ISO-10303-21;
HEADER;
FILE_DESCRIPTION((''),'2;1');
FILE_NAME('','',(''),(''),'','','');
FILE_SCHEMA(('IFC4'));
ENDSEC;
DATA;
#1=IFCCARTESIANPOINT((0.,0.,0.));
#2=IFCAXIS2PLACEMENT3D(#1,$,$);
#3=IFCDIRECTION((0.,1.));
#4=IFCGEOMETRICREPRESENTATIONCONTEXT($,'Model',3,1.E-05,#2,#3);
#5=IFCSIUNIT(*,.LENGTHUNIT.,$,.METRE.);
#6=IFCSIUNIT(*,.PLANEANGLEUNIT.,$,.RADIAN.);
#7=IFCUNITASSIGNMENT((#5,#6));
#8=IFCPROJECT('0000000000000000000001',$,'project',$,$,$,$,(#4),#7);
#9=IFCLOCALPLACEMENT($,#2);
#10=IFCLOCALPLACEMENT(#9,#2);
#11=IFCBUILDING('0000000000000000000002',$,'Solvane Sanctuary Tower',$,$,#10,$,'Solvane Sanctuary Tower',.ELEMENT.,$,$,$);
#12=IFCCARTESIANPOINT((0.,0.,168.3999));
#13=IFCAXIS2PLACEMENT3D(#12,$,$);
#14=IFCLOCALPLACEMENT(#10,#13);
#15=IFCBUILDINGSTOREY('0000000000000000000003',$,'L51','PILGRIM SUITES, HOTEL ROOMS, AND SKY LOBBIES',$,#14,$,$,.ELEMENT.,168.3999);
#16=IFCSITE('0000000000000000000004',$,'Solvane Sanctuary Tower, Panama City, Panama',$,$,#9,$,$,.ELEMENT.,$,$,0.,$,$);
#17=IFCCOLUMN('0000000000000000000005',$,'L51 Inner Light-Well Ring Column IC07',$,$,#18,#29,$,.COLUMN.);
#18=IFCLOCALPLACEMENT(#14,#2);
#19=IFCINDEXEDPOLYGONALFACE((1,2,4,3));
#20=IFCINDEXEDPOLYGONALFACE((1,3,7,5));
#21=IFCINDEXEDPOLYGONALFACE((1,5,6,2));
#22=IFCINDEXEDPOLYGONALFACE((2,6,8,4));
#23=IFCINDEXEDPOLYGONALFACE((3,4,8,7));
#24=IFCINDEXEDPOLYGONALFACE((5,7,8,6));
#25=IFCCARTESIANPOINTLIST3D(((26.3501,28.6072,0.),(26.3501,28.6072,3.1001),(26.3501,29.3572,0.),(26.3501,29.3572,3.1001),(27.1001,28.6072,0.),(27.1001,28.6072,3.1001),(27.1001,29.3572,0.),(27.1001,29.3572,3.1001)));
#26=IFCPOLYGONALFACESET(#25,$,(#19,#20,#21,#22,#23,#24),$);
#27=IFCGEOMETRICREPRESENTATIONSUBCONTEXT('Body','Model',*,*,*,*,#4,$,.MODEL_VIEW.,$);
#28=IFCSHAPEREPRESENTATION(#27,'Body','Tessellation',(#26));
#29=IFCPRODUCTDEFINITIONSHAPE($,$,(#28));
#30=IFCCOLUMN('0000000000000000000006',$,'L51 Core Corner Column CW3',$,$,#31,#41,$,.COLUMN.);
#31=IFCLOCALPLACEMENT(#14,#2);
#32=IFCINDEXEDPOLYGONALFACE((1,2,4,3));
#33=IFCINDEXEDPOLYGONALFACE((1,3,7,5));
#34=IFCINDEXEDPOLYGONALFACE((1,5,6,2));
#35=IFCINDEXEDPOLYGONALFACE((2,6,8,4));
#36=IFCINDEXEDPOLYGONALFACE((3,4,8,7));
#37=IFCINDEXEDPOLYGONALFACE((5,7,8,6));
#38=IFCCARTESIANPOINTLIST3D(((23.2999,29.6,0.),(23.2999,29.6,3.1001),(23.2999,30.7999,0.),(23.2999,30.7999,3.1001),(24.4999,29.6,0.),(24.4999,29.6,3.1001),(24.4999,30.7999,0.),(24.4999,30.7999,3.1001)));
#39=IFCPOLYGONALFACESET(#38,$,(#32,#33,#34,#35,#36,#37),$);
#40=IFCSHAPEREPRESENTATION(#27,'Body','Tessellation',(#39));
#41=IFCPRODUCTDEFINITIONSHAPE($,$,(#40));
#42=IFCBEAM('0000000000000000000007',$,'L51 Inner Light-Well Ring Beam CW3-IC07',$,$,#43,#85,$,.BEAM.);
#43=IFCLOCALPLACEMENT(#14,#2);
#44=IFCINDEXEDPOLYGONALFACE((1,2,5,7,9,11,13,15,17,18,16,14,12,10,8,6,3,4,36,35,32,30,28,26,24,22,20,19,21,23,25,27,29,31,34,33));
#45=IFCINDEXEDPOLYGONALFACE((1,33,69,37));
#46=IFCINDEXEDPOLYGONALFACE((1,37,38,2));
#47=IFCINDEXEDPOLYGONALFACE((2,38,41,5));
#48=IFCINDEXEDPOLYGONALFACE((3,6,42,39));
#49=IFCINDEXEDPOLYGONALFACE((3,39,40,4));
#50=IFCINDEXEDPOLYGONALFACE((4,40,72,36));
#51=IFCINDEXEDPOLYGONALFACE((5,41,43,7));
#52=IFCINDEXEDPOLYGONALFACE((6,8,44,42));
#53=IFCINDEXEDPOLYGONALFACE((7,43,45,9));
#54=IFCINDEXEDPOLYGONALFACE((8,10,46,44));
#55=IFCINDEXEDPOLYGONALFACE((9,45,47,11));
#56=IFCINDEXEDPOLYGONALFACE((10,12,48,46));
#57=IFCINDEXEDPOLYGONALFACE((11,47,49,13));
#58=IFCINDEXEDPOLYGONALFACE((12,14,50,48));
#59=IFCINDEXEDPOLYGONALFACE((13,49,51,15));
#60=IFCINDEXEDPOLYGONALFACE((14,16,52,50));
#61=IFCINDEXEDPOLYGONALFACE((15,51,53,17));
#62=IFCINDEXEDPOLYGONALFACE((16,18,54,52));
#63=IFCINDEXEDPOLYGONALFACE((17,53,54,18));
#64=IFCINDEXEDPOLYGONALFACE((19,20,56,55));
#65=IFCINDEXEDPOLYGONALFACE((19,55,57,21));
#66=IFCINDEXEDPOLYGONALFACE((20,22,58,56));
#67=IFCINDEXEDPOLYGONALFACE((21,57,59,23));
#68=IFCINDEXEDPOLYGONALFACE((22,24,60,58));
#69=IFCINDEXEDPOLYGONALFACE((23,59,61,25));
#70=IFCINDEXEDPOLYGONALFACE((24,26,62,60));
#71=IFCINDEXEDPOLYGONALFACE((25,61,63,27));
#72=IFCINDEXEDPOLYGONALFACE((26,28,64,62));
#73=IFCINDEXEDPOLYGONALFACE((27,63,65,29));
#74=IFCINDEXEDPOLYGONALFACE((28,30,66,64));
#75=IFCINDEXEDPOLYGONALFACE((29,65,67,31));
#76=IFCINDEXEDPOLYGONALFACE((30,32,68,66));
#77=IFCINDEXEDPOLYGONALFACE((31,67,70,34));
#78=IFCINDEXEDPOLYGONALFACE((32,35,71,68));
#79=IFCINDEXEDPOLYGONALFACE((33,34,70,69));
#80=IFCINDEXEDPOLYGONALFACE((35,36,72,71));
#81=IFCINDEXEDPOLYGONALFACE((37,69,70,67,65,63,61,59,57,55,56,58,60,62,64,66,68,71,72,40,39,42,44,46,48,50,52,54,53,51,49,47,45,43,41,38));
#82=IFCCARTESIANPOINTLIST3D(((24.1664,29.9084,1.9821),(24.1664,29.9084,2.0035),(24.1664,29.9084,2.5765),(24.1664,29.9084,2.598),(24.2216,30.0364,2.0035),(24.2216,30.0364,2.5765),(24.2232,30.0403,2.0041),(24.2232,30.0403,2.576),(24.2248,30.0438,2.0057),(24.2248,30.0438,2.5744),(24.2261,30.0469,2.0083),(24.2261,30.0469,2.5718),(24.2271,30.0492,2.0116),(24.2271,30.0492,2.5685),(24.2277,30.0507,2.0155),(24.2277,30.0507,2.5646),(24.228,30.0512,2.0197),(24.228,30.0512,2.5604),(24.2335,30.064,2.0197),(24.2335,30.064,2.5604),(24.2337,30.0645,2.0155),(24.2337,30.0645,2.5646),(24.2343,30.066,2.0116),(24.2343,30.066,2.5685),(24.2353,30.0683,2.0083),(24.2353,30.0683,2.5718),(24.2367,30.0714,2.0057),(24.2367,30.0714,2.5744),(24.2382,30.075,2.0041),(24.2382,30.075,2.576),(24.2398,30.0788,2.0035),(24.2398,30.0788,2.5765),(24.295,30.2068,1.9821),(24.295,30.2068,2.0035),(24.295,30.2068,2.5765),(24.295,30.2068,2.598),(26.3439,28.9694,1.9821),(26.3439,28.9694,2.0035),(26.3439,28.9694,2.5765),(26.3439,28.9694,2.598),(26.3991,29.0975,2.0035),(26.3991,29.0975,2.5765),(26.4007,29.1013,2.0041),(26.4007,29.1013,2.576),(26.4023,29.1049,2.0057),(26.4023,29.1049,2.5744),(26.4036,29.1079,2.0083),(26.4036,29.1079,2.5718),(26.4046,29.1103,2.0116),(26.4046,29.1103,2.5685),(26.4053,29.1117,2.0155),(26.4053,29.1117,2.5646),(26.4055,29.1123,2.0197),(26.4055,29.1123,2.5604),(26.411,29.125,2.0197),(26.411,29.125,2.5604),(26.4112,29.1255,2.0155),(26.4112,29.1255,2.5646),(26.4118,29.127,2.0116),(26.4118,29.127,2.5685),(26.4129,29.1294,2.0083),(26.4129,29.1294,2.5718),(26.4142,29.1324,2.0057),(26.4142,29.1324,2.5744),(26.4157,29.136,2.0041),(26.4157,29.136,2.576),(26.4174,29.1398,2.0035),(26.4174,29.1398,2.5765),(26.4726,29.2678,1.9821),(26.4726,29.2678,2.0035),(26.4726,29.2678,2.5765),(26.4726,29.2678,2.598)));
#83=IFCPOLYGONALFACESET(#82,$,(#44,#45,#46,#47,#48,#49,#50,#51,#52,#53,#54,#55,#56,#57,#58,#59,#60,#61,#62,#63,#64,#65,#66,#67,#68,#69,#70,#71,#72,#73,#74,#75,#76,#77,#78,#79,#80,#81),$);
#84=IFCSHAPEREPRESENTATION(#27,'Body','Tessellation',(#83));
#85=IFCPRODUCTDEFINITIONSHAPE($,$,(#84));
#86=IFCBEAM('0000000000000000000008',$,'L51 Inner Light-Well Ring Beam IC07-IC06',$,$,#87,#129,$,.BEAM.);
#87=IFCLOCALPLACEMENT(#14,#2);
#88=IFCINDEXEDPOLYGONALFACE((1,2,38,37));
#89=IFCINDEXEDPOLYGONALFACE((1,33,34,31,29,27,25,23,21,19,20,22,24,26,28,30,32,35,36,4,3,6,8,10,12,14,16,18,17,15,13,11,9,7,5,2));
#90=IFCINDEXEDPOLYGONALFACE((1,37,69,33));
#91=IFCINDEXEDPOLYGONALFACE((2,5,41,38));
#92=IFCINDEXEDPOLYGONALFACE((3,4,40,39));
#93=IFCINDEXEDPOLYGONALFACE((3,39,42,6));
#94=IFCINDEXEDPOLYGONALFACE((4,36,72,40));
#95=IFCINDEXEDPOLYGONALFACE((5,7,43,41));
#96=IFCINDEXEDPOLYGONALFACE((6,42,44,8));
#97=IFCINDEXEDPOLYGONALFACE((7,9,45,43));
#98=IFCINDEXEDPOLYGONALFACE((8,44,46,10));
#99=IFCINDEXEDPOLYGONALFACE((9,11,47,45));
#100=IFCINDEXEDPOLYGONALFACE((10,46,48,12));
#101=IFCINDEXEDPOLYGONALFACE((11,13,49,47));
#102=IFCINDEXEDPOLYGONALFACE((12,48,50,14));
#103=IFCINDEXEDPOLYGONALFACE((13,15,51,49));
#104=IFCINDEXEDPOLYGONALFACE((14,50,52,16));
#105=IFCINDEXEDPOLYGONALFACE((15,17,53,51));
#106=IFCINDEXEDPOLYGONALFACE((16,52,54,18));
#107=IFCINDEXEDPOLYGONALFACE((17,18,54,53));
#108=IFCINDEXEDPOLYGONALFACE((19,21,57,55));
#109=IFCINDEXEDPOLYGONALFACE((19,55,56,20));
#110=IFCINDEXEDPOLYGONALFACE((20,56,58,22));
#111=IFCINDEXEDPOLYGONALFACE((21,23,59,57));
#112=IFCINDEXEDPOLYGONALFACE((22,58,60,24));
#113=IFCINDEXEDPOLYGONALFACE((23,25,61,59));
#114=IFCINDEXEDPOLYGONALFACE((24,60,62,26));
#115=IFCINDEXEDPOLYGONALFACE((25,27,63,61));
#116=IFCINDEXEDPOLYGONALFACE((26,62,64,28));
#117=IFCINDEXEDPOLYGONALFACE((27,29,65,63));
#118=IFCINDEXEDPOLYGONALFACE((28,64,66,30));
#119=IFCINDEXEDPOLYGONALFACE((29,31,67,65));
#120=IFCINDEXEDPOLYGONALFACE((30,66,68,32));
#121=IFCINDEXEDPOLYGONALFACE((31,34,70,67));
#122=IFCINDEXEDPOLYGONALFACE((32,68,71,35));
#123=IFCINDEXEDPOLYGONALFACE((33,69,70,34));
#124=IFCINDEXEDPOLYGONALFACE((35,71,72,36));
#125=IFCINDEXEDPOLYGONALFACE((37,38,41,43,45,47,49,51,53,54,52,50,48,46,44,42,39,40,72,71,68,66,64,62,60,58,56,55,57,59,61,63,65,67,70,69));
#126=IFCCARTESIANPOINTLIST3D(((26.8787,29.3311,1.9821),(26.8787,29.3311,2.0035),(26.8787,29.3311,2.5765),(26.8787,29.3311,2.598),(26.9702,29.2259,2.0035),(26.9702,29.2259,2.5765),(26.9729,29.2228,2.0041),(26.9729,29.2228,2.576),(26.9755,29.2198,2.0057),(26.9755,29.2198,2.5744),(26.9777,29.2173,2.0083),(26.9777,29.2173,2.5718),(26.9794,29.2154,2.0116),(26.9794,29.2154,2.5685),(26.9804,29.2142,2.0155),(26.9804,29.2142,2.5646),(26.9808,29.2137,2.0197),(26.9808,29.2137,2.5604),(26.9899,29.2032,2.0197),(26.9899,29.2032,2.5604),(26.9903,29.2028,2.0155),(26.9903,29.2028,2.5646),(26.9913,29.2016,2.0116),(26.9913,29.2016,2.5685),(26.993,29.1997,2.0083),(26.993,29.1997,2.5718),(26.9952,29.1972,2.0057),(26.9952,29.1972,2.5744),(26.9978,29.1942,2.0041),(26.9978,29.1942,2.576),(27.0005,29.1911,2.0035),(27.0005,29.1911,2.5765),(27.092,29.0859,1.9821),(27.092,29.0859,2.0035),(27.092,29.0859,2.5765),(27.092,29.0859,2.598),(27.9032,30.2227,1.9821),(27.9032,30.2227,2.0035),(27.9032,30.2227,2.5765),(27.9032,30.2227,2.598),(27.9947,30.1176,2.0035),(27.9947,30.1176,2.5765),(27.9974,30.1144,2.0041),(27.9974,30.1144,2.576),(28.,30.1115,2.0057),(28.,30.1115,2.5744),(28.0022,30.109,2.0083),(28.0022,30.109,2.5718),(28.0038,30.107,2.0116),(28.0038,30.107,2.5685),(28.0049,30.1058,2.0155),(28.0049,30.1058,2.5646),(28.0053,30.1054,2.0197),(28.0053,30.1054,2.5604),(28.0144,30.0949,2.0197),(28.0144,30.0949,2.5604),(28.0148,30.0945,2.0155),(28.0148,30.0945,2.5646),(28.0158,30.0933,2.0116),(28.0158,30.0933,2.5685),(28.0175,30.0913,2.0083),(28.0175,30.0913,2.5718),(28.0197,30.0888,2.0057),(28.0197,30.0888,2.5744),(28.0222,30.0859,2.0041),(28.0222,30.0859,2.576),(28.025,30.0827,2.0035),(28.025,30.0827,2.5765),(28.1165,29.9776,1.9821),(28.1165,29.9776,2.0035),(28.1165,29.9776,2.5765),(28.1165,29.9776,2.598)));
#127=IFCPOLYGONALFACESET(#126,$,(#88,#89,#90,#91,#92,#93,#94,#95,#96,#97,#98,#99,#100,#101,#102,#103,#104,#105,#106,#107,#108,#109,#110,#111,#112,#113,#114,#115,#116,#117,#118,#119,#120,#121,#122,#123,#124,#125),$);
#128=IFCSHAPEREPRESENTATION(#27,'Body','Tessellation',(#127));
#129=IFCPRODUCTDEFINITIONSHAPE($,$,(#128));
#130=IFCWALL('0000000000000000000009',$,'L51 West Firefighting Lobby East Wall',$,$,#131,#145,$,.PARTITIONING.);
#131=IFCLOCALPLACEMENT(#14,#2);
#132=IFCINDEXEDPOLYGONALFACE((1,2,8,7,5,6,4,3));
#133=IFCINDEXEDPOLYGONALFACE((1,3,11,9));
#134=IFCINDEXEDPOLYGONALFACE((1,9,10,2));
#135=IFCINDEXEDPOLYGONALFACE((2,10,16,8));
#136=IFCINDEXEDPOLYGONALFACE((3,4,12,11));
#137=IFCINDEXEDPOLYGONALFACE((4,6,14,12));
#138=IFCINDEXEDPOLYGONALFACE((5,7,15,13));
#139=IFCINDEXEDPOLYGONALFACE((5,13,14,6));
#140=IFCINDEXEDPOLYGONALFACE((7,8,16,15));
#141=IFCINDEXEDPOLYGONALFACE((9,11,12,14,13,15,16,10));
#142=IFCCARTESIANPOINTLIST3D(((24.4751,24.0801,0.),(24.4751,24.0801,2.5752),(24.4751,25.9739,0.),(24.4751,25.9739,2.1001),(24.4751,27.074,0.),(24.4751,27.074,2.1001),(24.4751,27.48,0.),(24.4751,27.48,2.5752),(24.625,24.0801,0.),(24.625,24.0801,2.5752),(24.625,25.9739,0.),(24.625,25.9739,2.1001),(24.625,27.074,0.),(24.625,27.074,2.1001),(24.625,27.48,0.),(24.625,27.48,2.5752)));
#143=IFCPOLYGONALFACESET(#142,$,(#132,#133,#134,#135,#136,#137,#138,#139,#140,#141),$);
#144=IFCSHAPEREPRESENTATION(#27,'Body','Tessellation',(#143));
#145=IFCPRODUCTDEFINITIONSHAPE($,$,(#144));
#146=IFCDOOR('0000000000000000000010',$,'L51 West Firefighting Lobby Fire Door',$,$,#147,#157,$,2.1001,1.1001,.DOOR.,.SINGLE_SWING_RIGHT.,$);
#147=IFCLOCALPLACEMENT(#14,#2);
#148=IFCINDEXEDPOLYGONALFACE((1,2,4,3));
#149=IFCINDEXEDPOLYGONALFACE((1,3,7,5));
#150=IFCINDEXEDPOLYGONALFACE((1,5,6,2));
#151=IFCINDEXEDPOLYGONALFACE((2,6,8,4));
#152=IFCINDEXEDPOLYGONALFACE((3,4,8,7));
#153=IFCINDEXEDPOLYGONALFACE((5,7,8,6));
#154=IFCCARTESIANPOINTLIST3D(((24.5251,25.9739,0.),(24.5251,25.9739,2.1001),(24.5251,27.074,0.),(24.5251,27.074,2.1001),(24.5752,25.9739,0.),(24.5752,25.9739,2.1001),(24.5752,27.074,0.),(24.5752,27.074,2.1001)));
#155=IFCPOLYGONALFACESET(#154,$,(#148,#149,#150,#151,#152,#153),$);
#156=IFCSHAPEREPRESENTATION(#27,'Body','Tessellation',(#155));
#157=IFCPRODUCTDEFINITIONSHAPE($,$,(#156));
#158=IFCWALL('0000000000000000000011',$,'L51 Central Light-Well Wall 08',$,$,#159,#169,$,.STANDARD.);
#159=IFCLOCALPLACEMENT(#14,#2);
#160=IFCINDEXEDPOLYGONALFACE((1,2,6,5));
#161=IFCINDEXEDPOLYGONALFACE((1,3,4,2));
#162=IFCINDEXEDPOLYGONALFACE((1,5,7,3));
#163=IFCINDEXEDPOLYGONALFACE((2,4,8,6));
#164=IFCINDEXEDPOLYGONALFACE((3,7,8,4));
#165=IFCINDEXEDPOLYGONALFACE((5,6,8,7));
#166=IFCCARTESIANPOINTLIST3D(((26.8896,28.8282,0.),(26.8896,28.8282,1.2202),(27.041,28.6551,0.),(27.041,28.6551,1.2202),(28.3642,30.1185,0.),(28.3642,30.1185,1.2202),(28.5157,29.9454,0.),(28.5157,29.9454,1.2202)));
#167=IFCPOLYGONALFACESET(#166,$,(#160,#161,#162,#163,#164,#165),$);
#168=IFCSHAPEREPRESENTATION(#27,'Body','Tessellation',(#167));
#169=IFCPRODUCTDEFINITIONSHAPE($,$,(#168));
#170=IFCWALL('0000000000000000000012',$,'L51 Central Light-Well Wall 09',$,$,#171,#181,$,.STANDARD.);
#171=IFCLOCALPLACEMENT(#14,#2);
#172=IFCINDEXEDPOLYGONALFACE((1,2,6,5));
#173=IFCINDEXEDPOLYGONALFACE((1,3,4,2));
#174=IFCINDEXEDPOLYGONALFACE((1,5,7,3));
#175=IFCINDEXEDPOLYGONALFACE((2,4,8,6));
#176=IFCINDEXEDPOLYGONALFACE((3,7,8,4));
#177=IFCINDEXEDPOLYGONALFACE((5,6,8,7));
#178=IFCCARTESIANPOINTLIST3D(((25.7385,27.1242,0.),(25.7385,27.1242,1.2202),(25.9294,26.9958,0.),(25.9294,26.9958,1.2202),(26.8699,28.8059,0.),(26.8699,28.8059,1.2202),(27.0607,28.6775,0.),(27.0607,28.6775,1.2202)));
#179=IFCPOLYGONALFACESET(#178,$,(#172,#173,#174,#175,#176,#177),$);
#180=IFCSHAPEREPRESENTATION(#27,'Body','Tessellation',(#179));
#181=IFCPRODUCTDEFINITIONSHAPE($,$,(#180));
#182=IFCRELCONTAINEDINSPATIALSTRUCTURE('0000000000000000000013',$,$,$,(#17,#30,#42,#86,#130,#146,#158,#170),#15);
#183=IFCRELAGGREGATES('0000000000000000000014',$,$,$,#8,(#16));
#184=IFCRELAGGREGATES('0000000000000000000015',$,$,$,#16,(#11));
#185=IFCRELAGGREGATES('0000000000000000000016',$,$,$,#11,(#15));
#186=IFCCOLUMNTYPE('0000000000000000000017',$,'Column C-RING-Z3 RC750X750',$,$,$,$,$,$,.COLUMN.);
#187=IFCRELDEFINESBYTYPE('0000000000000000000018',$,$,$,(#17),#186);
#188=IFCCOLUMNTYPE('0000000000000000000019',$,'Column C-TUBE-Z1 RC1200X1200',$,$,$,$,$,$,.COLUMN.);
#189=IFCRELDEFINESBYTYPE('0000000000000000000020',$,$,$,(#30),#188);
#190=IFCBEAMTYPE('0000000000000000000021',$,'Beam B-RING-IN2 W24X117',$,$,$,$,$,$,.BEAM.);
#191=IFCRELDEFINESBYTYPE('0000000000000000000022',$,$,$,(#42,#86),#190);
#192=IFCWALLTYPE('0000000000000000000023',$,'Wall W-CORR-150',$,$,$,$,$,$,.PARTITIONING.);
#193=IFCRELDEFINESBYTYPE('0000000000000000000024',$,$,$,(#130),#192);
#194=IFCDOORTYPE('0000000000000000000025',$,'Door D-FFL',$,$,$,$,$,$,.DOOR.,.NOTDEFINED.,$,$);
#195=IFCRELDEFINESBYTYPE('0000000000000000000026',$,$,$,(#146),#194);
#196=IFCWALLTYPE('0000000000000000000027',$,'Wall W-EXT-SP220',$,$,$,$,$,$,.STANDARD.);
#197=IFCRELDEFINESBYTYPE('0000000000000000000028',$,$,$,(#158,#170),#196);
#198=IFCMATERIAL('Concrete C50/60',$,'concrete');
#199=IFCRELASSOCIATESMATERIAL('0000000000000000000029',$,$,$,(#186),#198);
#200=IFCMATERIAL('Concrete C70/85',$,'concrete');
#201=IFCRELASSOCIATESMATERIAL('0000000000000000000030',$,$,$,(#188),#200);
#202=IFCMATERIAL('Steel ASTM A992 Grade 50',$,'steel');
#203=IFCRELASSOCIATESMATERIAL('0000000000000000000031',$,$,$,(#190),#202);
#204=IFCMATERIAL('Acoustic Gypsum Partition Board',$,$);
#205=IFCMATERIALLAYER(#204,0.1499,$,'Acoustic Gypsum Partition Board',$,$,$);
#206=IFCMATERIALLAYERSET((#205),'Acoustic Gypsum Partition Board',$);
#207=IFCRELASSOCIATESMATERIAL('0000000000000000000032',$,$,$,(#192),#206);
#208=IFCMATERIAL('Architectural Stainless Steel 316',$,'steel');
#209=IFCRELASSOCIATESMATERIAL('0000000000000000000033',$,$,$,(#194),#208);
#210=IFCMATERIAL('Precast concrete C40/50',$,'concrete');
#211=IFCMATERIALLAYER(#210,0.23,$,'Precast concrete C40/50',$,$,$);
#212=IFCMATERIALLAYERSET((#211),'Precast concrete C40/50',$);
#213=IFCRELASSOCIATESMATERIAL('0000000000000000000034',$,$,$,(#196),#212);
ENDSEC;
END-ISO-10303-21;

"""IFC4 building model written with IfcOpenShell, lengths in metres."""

from ifc_helpers import new_model, si_unit, direction, frame, frame_2d, origin, origin_2d, place, context, subcontext, project, spatial, rectangle, i_section, extrude, material, layer, layer_set, material_profile, profile_set, type_object, element, fill, save


model = new_model("IFC4")

# Units and contexts
model_context = context("Model", 3, precision=1e-05, world=origin(), true_north=direction((0.0, 1.0)))
body_context = subcontext(model_context, "Body", "Model", "MODEL_VIEW")
ifc_project = project(units=[si_unit("LENGTHUNIT", "METRE"), si_unit("PLANEANGLEUNIT", "RADIAN")], contexts=[model_context])

# Site, building, storey
site_placement = place(None, origin())
site = spatial("IfcSite", under=ifc_project, at=site_placement, Name="Solvane Sanctuary Tower, Panama City, Panama", CompositionType="ELEMENT", RefElevation=0.0)
building_placement = place(site_placement, origin())
building = spatial("IfcBuilding", under=site, at=building_placement, Name="Solvane Sanctuary Tower", LongName="Solvane Sanctuary Tower", CompositionType="ELEMENT")
storey_placement = place(building_placement, frame((0.0, 0.0, 168.3999)))
storey = spatial("IfcBuildingStorey", under=building, at=storey_placement, Name="L51", Description="PILGRIM SUITES, HOTEL ROOMS, AND SKY LOBBIES", CompositionType="ELEMENT", Elevation=168.3999)

# Columns
ifc_material_1 = material(Name="Concrete C50/60", Category="concrete")
ifc_material_profile_1 = material_profile(ifc_material_1, rectangle(XDim=0.75, YDim=0.75, at=origin_2d()), Name="RC750X750")
ifc_profile_set_1 = profile_set([ifc_material_profile_1], Name="Concrete C50/60")
column_type_1 = type_object("IfcColumnType", Name="Column C-RING-Z3 RC750X750", PredefinedType="COLUMN", material=ifc_profile_set_1)
column_1_placement = place(storey_placement, frame((26.7251, 28.9822, 0.0), z_axis=(0.0, 0.0, 1.0), x_axis=(1.0, 0.0, 0.0)))
element("IfcColumn", 1, at=column_1_placement, inside=storey, type_object=column_type_1, Name="L51 Inner Light-Well Ring Column IC07", PredefinedType="COLUMN", context=body_context, shape_type="SweptSolid", body=[
    extrude(rectangle(XDim=0.75, YDim=0.75, at=origin_2d()), origin(), (0.0, 0.0, 1.0), 3.1001),
])
ifc_material_2 = material(Name="Concrete C70/85", Category="concrete")
ifc_material_profile_2 = material_profile(ifc_material_2, rectangle(XDim=1.2, YDim=1.2, at=origin_2d()), Name="RC1200X1200")
ifc_profile_set_2 = profile_set([ifc_material_profile_2], Name="Concrete C70/85")
column_type_2 = type_object("IfcColumnType", Name="Column C-TUBE-Z1 RC1200X1200", PredefinedType="COLUMN", material=ifc_profile_set_2)
column_2_placement = place(storey_placement, frame((23.8999, 30.2, 0.0), z_axis=(0.0, 0.0, 1.0), x_axis=(1.0, 0.0, 0.0)))
element("IfcColumn", 2, at=column_2_placement, inside=storey, type_object=column_type_2, Name="L51 Core Corner Column CW3", PredefinedType="COLUMN", context=body_context, shape_type="SweptSolid", body=[
    extrude(rectangle(XDim=1.2, YDim=1.2, at=origin_2d()), origin(), (0.0, 0.0, 1.0), 3.1001),
])

# Beams
ifc_material_3 = material(Name="Steel ASTM A992 Grade 50", Category="steel")
ifc_material_profile_3 = material_profile(ifc_material_3, i_section(OverallWidth=0.325, OverallDepth=0.616, WebThickness=0.0139, FlangeThickness=0.0215, FilletRadius=0.0161, at=origin_2d()), Name="W24X117")
ifc_profile_set_3 = profile_set([ifc_material_profile_3], Name="Steel ASTM A992 Grade 50")
beam_type = type_object("IfcBeamType", Name="Beam B-RING-IN2 W24X117", PredefinedType="BEAM", material=ifc_profile_set_3)
beam_1_placement = place(storey_placement, frame((24.2307, 30.0576, 2.29), z_axis=(0.918264, -0.395969, 0.0), x_axis=(0.395969, 0.918264, 0.0)))
element("IfcBeam", 3, at=beam_1_placement, inside=storey, type_object=beam_type, Name="L51 Inner Light-Well Ring Beam CW3-IC07", PredefinedType="BEAM", context=body_context, shape_type="SweptSolid", body=[
    extrude(i_section(OverallWidth=0.325, OverallDepth=0.616, WebThickness=0.0139, FlangeThickness=0.0215, FilletRadius=0.0161, at=origin_2d()), origin(), (0.0, 0.0, 1.0), 2.3713),
])
beam_2_placement = place(storey_placement, frame((26.9854, 29.2085, 2.29), z_axis=(0.754311, 0.656517, 0.0), x_axis=(-0.656517, 0.754311, 0.0)))
element("IfcBeam", 4, at=beam_2_placement, inside=storey, type_object=beam_type, Name="L51 Inner Light-Well Ring Beam IC07-IC06", PredefinedType="BEAM", context=body_context, shape_type="SweptSolid", body=[
    extrude(i_section(OverallWidth=0.325, OverallDepth=0.616, WebThickness=0.0139, FlangeThickness=0.0215, FilletRadius=0.0161, at=origin_2d()), origin(), (0.0, 0.0, 1.0), 1.3582),
])

# Wall, opening, door
ifc_material_4 = material(Name="Acoustic Gypsum Partition Board")
ifc_layer_1 = layer(ifc_material_4, 0.1499, Name="Acoustic Gypsum Partition Board")
ifc_layer_set_1 = layer_set([ifc_layer_1], Name="Acoustic Gypsum Partition Board")
wall_type_1 = type_object("IfcWallType", Name="Wall W-CORR-150", PredefinedType="PARTITIONING", material=ifc_layer_set_1)
wall_1_placement = place(storey_placement, frame((24.55, 24.0801, 0.0), z_axis=(0.0, 0.0, 1.0), x_axis=(0.0, 1.0, 0.0)))
wall_1 = element("IfcWall", 5, at=wall_1_placement, inside=storey, type_object=wall_type_1, Name="L51 West Firefighting Lobby East Wall", PredefinedType="PARTITIONING", context=body_context, shape_type="SweptSolid", body=[
    extrude(rectangle(XDim=3.3999, YDim=0.1499, at=frame_2d((1.7, 0.0))), origin(), (0.0, 0.0, 1.0), 2.5752),
])
opening_1_placement = place(wall_1_placement, frame((1.8938, 0.0, 0.0)))
opening_1 = element("IfcOpeningElement", 6, at=opening_1_placement, cuts=wall_1, PredefinedType="OPENING", context=body_context, shape_type="SweptSolid", body=[
    extrude(rectangle(XDim=1.1001, YDim=2.1001, at=frame_2d((0.55, 1.05))), frame((0.0, 0.085, 0.0), z_axis=(0.0, -1.0, 0.0), x_axis=(1.0, 0.0, 0.0)), (0.0, 0.0, 1.0), 0.1699),
])
ifc_material_5 = material(Name="Architectural Stainless Steel 316", Category="steel")
door_type_1 = type_object("IfcDoorType", Name="Door D-FFL", OperationType="NOTDEFINED", PredefinedType="DOOR", material=ifc_material_5)
door_1_placement = place(opening_1_placement, origin())
door_1 = element("IfcDoor", 7, at=door_1_placement, inside=storey, type_object=door_type_1, Name="L51 West Firefighting Lobby Fire Door", OperationType="SINGLE_SWING_RIGHT", OverallHeight=2.1001, OverallWidth=1.1001, PredefinedType="DOOR", context=body_context, shape_type="SweptSolid", body=[
    extrude(rectangle(XDim=1.1001, YDim=2.1001, at=frame_2d((0.55, 1.05))), frame((0.0, 0.0249, 0.0), z_axis=(0.0, -1.0, 0.0), x_axis=(1.0, 0.0, 0.0)), (0.0, 0.0, 1.0), 0.05),
])
fill(opening_1, door_1)

# Walls
ifc_material_6 = material(Name="Precast concrete C40/50", Category="concrete")
ifc_layer_2 = layer(ifc_material_6, 0.23, Name="Precast concrete C40/50")
ifc_layer_set_2 = layer_set([ifc_layer_2], Name="Precast concrete C40/50")
wall_type_2 = type_object("IfcWallType", Name="Wall W-EXT-SP220", PredefinedType="STANDARD", material=ifc_layer_set_2)
wall_2_placement = place(storey_placement, frame((28.4399, 30.032, 0.0), z_axis=(0.0, 0.0, 1.0), x_axis=(-0.752577, -0.658505, 0.0)))
element("IfcWall", 8, at=wall_2_placement, inside=storey, type_object=wall_type_2, Name="L51 Central Light-Well Wall 08", PredefinedType="STANDARD", context=body_context, shape_type="SweptSolid", body=[
    extrude(rectangle(XDim=1.9595, YDim=0.23, at=frame_2d((0.9797, 0.0))), origin(), (0.0, 0.0, 1.0), 1.2202),
])
wall_3_placement = place(storey_placement, frame((26.9653, 28.7417, 0.0), z_axis=(0.0, 0.0, 1.0), x_axis=(-0.558198, -0.829708, 0.0)))
element("IfcWall", 9, at=wall_3_placement, inside=storey, type_object=wall_type_2, Name="L51 Central Light-Well Wall 09", PredefinedType="STANDARD", context=body_context, shape_type="SweptSolid", body=[
    extrude(rectangle(XDim=2.0269, YDim=0.23, at=frame_2d((1.0134, 0.0))), origin(), (0.0, 0.0, 1.0), 1.2202),
])

save(model, "model.ifc")
